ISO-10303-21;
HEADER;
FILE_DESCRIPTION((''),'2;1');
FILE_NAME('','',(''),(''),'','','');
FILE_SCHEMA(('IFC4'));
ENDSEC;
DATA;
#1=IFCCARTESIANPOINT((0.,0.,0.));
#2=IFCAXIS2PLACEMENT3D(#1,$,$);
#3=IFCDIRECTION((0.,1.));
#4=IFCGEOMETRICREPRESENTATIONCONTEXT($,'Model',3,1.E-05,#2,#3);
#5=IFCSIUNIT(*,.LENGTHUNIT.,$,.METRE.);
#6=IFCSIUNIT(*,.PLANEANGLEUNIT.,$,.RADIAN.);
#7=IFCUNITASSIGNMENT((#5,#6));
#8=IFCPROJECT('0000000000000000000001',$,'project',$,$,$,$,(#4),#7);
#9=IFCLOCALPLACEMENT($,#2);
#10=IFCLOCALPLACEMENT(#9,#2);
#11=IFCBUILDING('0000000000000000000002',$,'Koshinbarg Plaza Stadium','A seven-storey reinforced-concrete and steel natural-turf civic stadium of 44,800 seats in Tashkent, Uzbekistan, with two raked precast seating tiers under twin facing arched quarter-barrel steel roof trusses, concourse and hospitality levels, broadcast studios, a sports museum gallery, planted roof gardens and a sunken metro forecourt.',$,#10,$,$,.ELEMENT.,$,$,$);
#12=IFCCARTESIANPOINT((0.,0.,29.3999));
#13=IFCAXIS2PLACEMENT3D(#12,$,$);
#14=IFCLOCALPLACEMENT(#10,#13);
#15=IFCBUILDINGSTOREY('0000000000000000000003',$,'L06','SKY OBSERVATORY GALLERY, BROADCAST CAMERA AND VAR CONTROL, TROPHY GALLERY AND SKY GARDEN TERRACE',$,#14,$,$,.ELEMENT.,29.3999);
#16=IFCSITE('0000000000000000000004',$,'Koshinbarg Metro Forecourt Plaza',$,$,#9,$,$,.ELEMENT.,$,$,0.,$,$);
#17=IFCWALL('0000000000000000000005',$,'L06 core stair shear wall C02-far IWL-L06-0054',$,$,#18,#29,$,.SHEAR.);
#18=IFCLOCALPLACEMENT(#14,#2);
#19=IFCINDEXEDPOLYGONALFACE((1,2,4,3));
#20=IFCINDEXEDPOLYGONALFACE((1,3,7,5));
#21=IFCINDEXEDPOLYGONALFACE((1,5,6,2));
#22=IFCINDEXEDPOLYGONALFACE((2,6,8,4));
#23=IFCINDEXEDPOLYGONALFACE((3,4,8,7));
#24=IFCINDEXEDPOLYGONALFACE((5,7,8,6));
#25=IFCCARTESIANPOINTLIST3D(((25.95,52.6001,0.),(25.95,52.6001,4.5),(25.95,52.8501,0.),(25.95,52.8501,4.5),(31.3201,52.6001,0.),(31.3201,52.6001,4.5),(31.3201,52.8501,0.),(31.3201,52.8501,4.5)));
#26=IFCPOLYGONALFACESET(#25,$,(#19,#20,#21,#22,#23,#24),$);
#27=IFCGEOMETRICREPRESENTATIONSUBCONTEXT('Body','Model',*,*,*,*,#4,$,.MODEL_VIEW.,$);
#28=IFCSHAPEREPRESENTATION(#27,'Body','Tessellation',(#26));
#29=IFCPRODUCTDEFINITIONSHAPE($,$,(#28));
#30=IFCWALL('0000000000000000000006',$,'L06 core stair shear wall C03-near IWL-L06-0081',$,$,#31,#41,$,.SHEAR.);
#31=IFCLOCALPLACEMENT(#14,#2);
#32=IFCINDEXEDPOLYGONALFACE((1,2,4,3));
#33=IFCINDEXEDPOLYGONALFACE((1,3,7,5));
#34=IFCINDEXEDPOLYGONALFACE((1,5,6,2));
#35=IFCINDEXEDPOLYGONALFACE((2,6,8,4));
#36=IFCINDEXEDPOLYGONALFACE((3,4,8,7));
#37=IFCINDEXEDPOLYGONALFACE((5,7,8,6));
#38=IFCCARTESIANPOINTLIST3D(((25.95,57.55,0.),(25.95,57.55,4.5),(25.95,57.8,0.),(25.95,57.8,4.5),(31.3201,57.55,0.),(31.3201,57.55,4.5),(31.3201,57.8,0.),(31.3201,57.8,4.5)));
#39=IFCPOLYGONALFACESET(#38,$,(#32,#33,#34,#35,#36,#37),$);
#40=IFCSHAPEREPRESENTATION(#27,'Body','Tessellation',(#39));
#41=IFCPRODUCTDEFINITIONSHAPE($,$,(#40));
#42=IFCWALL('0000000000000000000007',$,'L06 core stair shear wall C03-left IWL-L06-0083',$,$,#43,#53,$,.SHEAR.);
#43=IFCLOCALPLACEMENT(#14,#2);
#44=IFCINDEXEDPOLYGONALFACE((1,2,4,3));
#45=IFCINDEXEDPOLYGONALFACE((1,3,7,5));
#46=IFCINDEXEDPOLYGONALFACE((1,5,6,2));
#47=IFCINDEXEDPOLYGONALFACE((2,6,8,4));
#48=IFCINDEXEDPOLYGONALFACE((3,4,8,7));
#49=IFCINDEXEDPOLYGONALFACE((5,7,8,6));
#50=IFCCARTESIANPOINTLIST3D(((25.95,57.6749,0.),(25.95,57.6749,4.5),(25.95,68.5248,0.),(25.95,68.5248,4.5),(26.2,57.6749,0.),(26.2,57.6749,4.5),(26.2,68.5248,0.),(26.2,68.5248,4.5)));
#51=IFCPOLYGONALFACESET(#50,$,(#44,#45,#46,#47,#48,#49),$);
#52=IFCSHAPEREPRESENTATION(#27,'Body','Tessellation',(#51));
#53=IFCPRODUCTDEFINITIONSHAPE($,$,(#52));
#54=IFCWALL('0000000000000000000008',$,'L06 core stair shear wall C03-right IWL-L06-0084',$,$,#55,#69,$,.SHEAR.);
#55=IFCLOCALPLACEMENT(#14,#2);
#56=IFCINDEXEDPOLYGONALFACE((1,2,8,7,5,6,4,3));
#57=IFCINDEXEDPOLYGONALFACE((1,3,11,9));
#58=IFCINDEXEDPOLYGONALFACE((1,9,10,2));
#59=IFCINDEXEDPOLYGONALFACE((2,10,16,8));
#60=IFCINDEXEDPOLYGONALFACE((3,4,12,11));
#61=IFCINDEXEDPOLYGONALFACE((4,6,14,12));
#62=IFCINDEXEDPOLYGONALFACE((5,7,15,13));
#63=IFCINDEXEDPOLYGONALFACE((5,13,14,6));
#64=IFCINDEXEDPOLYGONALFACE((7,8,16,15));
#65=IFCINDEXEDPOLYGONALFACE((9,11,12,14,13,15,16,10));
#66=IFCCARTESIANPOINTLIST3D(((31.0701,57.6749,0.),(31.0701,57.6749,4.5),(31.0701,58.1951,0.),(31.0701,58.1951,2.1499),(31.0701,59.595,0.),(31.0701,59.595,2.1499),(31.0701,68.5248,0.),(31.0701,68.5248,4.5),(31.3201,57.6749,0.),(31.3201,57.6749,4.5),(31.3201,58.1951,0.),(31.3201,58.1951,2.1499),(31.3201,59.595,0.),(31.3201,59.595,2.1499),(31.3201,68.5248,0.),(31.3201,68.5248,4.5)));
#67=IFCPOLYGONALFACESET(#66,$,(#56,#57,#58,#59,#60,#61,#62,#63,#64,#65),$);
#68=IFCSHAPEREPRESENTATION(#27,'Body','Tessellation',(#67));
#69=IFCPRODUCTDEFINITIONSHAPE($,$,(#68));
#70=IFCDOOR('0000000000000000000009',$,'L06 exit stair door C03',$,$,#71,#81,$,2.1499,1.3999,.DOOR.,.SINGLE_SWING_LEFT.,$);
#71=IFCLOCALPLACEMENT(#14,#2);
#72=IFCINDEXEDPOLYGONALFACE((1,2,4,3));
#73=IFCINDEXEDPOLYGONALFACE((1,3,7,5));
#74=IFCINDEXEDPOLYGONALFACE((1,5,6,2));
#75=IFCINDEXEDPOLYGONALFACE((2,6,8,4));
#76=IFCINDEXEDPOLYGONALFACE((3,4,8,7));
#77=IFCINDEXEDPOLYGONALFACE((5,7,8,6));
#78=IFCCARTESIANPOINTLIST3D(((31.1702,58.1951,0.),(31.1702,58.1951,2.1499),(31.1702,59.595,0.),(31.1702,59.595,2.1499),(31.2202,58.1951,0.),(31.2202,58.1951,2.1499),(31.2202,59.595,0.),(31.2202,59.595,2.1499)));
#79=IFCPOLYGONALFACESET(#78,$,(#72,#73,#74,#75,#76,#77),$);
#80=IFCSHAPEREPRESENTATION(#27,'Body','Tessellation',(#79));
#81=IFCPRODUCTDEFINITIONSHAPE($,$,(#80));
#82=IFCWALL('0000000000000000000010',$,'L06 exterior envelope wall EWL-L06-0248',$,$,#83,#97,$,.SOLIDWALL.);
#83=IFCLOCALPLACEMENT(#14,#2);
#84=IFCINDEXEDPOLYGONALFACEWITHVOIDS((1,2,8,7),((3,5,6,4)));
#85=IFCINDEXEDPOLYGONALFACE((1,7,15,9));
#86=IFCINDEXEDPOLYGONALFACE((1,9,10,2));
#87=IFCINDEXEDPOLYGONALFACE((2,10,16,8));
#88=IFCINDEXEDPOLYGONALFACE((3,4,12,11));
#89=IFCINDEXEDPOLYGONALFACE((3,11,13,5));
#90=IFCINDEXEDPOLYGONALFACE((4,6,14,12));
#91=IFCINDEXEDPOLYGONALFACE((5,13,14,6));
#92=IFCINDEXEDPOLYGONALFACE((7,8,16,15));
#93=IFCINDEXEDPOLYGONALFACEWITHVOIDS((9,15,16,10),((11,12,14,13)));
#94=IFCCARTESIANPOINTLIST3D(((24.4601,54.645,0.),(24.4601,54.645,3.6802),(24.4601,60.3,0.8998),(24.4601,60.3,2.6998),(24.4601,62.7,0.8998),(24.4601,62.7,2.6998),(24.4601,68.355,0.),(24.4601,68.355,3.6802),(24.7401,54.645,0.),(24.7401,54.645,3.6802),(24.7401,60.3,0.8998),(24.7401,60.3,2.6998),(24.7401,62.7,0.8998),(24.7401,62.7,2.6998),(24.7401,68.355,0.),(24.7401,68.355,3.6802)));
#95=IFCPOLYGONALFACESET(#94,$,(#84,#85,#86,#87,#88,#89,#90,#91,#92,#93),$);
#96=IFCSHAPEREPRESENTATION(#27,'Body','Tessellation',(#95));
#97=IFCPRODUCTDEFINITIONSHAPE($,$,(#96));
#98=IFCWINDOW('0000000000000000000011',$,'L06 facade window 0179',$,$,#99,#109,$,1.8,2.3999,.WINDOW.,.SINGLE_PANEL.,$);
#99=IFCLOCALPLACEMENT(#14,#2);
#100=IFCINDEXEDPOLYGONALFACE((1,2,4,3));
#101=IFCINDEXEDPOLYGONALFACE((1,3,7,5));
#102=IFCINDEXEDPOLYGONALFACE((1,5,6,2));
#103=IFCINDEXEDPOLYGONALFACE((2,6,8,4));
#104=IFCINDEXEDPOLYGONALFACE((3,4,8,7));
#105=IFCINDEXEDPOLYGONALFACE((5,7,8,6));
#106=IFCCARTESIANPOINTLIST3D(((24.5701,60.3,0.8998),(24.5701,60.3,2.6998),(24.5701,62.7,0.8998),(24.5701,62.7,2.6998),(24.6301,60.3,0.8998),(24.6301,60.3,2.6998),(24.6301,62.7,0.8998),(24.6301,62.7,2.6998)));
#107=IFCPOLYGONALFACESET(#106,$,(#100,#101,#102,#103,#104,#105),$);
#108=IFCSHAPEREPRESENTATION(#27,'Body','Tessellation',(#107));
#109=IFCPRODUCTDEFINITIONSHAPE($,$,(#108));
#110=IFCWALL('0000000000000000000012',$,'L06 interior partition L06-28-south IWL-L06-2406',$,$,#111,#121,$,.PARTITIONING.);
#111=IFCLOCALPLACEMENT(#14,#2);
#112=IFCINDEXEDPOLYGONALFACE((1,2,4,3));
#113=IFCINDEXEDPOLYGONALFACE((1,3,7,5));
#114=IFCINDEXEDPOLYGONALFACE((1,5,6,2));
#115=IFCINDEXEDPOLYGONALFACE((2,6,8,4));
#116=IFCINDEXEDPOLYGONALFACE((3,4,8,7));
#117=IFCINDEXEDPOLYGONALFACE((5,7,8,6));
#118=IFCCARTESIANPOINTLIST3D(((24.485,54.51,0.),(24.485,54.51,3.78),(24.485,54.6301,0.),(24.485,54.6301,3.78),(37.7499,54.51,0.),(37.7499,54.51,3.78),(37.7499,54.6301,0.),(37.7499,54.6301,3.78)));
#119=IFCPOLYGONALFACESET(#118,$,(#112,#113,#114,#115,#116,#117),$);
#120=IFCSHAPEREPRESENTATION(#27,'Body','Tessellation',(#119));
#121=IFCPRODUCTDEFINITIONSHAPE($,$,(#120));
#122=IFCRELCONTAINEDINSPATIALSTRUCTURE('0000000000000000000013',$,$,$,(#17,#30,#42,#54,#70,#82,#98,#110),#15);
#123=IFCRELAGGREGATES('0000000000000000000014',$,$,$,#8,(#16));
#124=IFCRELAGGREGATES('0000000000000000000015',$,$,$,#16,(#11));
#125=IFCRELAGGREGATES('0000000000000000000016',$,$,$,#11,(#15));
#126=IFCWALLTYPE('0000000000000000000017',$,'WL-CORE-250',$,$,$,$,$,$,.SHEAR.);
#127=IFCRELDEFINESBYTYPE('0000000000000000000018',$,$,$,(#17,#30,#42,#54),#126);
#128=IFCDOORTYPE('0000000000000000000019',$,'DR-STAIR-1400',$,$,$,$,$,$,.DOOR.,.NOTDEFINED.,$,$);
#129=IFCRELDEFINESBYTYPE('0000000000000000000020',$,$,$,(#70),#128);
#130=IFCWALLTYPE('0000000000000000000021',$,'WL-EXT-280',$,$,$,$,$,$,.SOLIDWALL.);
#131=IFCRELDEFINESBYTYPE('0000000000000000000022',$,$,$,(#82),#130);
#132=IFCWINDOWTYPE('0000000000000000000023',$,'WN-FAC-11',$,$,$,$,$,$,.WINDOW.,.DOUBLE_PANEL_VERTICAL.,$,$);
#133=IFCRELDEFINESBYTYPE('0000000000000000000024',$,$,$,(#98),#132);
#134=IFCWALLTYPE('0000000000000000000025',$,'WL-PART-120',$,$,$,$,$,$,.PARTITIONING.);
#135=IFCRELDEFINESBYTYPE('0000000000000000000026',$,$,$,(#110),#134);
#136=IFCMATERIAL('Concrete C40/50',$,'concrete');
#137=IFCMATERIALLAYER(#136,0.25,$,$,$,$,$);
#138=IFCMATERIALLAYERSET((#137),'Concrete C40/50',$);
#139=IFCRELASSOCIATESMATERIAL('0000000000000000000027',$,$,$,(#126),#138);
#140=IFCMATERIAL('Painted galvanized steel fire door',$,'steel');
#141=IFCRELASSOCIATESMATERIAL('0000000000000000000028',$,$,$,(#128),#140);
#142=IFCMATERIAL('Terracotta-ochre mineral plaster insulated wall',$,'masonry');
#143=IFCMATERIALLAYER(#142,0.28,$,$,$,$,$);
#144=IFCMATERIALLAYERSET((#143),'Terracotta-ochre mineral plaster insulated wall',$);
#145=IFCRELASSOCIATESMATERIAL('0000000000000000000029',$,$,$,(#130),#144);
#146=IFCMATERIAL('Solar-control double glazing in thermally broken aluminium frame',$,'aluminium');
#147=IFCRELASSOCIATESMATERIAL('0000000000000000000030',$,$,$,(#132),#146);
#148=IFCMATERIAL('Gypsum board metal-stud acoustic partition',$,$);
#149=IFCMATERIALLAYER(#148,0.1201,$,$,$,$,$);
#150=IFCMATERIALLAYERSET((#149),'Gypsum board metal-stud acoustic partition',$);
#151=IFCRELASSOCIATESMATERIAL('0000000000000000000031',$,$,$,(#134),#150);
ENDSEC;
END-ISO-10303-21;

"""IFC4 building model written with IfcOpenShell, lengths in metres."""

from ifc_helpers import new_model, si_unit, direction, frame, frame_2d, origin, place, context, subcontext, project, spatial, rectangle, extrude, material, layer, layer_set, type_object, element, fill, save


model = new_model("IFC4")

# Units and contexts
model_context = context("Model", 3, precision=1e-05, world=origin(), true_north=direction((0.0, 1.0)))
body_context = subcontext(model_context, "Body", "Model", "MODEL_VIEW")
ifc_project = project(units=[si_unit("LENGTHUNIT", "METRE"), si_unit("PLANEANGLEUNIT", "RADIAN")], contexts=[model_context])

# Site, building, storey
site_placement = place(None, origin())
site = spatial("IfcSite", under=ifc_project, at=site_placement, Name="Koshinbarg Metro Forecourt Plaza", CompositionType="ELEMENT", RefElevation=0.0)
building_placement = place(site_placement, origin())
building = spatial("IfcBuilding", under=site, at=building_placement, Name="Koshinbarg Plaza Stadium", Description="A seven-storey reinforced-concrete and steel natural-turf civic stadium of 44,800 seats in Tashkent, Uzbekistan, with two raked precast seating tiers under twin facing arched quarter-barrel steel roof trusses, concourse and hospitality levels, broadcast studios, a sports museum gallery, planted roof gardens and a sunken metro forecourt.", CompositionType="ELEMENT")
storey_placement = place(building_placement, frame((0.0, 0.0, 29.3999)))
storey = spatial("IfcBuildingStorey", under=building, at=storey_placement, Name="L06", Description="SKY OBSERVATORY GALLERY, BROADCAST CAMERA AND VAR CONTROL, TROPHY GALLERY AND SKY GARDEN TERRACE", CompositionType="ELEMENT", Elevation=29.3999)

# Shared definitions
ifc_material_1 = material(Name="Concrete C40/50", Category="concrete")

# Walls
ifc_layer_1 = layer(ifc_material_1, 0.25)
ifc_layer_set_1 = layer_set([ifc_layer_1], Name="Concrete C40/50")
wall_type_1 = type_object("IfcWallType", Name="WL-CORE-250", PredefinedType="SHEAR", material=ifc_layer_set_1)
for number, where, z_axis, x_axis, name in (
    (1, (31.3201, 52.7251, 0.0), (0.0, 0.0, 1.0), (-1.0, 0.0, 0.0), "L06 core stair shear wall C02-far IWL-L06-0054"),
    (2, (25.95, 57.675, 0.0), (0.0, 0.0, 1.0), (1.0, 0.0, 0.0), "L06 core stair shear wall C03-near IWL-L06-0081"),
):
    element("IfcWall", number, at=place(storey_placement, frame(where, z_axis=z_axis, x_axis=x_axis)), inside=storey, type_object=wall_type_1, Name=name, PredefinedType="SHEAR", context=body_context, shape_type="SweptSolid", body=[
        extrude(rectangle(XDim=5.3701, YDim=0.25, at=frame_2d((2.6851, 0.0))), origin(), (0.0, 0.0, 1.0), 4.5),
    ])
wall_1_placement = place(storey_placement, frame((26.075, 57.675, 0.0), z_axis=(0.0, 0.0, 1.0), x_axis=(0.0, 1.0, 0.0)))
element("IfcWall", 3, at=wall_1_placement, inside=storey, type_object=wall_type_1, Name="L06 core stair shear wall C03-left IWL-L06-0083", PredefinedType="SHEAR", context=body_context, shape_type="SweptSolid", body=[
    extrude(rectangle(XDim=10.8499, YDim=0.25, at=frame_2d((5.4248, 0.0))), origin(), (0.0, 0.0, 1.0), 4.5),
])

# Wall, opening, door
wall_2_placement = place(storey_placement, frame((31.1951, 57.675, 0.0), z_axis=(0.0, 0.0, 1.0), x_axis=(0.0, 1.0, 0.0)))
wall_2 = element("IfcWall", 4, at=wall_2_placement, inside=storey, type_object=wall_type_1, Name="L06 core stair shear wall C03-right IWL-L06-0084", PredefinedType="SHEAR", context=body_context, shape_type="SweptSolid", body=[
    extrude(rectangle(XDim=10.8499, YDim=0.25, at=frame_2d((5.4248, 0.0))), origin(), (0.0, 0.0, 1.0), 4.5),
])
opening_1_placement = place(wall_2_placement, frame((0.52, 0.0, 0.0)))
opening_1 = element("IfcOpeningElement", 5, at=opening_1_placement, cuts=wall_2, PredefinedType="OPENING", context=body_context, shape_type="SweptSolid", body=[
    extrude(rectangle(XDim=1.3999, YDim=2.1499, at=frame_2d((0.7, 1.075))), frame((0.0, 0.135, 0.0), z_axis=(0.0, -1.0, 0.0), x_axis=(1.0, 0.0, 0.0)), (0.0, 0.0, 1.0), 0.27),
])
ifc_material_2 = material(Name="Painted galvanized steel fire door", Category="steel")
door_type = type_object("IfcDoorType", Name="DR-STAIR-1400", OperationType="NOTDEFINED", PredefinedType="DOOR", material=ifc_material_2)
door_placement = place(opening_1_placement, origin())
door = element("IfcDoor", 6, at=door_placement, inside=storey, type_object=door_type, Name="L06 exit stair door C03", OperationType="SINGLE_SWING_LEFT", OverallHeight=2.1499, OverallWidth=1.3999, PredefinedType="DOOR", context=body_context, shape_type="SweptSolid", body=[
    extrude(rectangle(XDim=1.3999, YDim=2.1499, at=frame_2d((0.7, 1.075))), frame((0.0, 0.0249, 0.0), z_axis=(0.0, -1.0, 0.0), x_axis=(1.0, 0.0, 0.0)), (0.0, 0.0, 1.0), 0.05),
])
fill(opening_1, door)

# Wall, opening, window
ifc_material_3 = material(Name="Terracotta-ochre mineral plaster insulated wall", Category="masonry")
ifc_layer_2 = layer(ifc_material_3, 0.28)
ifc_layer_set_2 = layer_set([ifc_layer_2], Name="Terracotta-ochre mineral plaster insulated wall")
wall_type_2 = type_object("IfcWallType", Name="WL-EXT-280", PredefinedType="SOLIDWALL", material=ifc_layer_set_2)
wall_3_placement = place(storey_placement, frame((24.6001, 54.645, 0.0), z_axis=(0.0, 0.0, 1.0), x_axis=(0.0, 1.0, 0.0)))
wall_3 = element("IfcWall", 7, at=wall_3_placement, inside=storey, type_object=wall_type_2, Name="L06 exterior envelope wall EWL-L06-0248", PredefinedType="SOLIDWALL", context=body_context, shape_type="SweptSolid", body=[
    extrude(rectangle(XDim=13.71, YDim=0.28, at=frame_2d((6.855, 0.0))), origin(), (0.0, 0.0, 1.0), 3.6802),
])
opening_2_placement = place(wall_3_placement, frame((5.655, 0.0, 0.8999)))
opening_2 = element("IfcOpeningElement", 8, at=opening_2_placement, cuts=wall_3, PredefinedType="OPENING", context=body_context, shape_type="SweptSolid", body=[
    extrude(rectangle(XDim=2.3999, YDim=1.8, at=frame_2d((1.2, 0.8999))), frame((0.0, 0.1499, 0.0), z_axis=(0.0, -1.0, 0.0), x_axis=(1.0, 0.0, 0.0)), (0.0, 0.0, 1.0), 0.3),
])
ifc_material_4 = material(Name="Solar-control double glazing in thermally broken aluminium frame", Category="aluminium")
window_type = type_object("IfcWindowType", Name="WN-FAC-11", PartitioningType="DOUBLE_PANEL_VERTICAL", PredefinedType="WINDOW", material=ifc_material_4)
window_placement = place(opening_2_placement, origin())
window = element("IfcWindow", 9, at=window_placement, inside=storey, type_object=window_type, Name="L06 facade window 0179", OverallHeight=1.8, OverallWidth=2.3999, PartitioningType="SINGLE_PANEL", PredefinedType="WINDOW", context=body_context, shape_type="SweptSolid", body=[
    extrude(rectangle(XDim=2.3999, YDim=1.8, at=frame_2d((1.2, 0.8999))), frame((0.0, 0.03, 0.0), z_axis=(0.0, -1.0, 0.0), x_axis=(1.0, 0.0, 0.0)), (0.0, 0.0, 1.0), 0.0601),
])
fill(opening_2, window)

# Wall
ifc_material_5 = material(Name="Gypsum board metal-stud acoustic partition")
ifc_layer_3 = layer(ifc_material_5, 0.1201)
ifc_layer_set_3 = layer_set([ifc_layer_3], Name="Gypsum board metal-stud acoustic partition")
wall_type_3 = type_object("IfcWallType", Name="WL-PART-120", PredefinedType="PARTITIONING", material=ifc_layer_set_3)
wall_4_placement = place(storey_placement, frame((24.4851, 54.5701, 0.0), z_axis=(0.0, 0.0, 1.0), x_axis=(1.0, 0.0, 0.0)))
element("IfcWall", 10, at=wall_4_placement, inside=storey, type_object=wall_type_3, Name="L06 interior partition L06-28-south IWL-L06-2406", PredefinedType="PARTITIONING", context=body_context, shape_type="SweptSolid", body=[
    extrude(rectangle(XDim=13.2649, YDim=0.1201, at=frame_2d((6.6323, 0.0))), origin(), (0.0, 0.0, 1.0), 3.78),
])

save(model, "model.ifc")
